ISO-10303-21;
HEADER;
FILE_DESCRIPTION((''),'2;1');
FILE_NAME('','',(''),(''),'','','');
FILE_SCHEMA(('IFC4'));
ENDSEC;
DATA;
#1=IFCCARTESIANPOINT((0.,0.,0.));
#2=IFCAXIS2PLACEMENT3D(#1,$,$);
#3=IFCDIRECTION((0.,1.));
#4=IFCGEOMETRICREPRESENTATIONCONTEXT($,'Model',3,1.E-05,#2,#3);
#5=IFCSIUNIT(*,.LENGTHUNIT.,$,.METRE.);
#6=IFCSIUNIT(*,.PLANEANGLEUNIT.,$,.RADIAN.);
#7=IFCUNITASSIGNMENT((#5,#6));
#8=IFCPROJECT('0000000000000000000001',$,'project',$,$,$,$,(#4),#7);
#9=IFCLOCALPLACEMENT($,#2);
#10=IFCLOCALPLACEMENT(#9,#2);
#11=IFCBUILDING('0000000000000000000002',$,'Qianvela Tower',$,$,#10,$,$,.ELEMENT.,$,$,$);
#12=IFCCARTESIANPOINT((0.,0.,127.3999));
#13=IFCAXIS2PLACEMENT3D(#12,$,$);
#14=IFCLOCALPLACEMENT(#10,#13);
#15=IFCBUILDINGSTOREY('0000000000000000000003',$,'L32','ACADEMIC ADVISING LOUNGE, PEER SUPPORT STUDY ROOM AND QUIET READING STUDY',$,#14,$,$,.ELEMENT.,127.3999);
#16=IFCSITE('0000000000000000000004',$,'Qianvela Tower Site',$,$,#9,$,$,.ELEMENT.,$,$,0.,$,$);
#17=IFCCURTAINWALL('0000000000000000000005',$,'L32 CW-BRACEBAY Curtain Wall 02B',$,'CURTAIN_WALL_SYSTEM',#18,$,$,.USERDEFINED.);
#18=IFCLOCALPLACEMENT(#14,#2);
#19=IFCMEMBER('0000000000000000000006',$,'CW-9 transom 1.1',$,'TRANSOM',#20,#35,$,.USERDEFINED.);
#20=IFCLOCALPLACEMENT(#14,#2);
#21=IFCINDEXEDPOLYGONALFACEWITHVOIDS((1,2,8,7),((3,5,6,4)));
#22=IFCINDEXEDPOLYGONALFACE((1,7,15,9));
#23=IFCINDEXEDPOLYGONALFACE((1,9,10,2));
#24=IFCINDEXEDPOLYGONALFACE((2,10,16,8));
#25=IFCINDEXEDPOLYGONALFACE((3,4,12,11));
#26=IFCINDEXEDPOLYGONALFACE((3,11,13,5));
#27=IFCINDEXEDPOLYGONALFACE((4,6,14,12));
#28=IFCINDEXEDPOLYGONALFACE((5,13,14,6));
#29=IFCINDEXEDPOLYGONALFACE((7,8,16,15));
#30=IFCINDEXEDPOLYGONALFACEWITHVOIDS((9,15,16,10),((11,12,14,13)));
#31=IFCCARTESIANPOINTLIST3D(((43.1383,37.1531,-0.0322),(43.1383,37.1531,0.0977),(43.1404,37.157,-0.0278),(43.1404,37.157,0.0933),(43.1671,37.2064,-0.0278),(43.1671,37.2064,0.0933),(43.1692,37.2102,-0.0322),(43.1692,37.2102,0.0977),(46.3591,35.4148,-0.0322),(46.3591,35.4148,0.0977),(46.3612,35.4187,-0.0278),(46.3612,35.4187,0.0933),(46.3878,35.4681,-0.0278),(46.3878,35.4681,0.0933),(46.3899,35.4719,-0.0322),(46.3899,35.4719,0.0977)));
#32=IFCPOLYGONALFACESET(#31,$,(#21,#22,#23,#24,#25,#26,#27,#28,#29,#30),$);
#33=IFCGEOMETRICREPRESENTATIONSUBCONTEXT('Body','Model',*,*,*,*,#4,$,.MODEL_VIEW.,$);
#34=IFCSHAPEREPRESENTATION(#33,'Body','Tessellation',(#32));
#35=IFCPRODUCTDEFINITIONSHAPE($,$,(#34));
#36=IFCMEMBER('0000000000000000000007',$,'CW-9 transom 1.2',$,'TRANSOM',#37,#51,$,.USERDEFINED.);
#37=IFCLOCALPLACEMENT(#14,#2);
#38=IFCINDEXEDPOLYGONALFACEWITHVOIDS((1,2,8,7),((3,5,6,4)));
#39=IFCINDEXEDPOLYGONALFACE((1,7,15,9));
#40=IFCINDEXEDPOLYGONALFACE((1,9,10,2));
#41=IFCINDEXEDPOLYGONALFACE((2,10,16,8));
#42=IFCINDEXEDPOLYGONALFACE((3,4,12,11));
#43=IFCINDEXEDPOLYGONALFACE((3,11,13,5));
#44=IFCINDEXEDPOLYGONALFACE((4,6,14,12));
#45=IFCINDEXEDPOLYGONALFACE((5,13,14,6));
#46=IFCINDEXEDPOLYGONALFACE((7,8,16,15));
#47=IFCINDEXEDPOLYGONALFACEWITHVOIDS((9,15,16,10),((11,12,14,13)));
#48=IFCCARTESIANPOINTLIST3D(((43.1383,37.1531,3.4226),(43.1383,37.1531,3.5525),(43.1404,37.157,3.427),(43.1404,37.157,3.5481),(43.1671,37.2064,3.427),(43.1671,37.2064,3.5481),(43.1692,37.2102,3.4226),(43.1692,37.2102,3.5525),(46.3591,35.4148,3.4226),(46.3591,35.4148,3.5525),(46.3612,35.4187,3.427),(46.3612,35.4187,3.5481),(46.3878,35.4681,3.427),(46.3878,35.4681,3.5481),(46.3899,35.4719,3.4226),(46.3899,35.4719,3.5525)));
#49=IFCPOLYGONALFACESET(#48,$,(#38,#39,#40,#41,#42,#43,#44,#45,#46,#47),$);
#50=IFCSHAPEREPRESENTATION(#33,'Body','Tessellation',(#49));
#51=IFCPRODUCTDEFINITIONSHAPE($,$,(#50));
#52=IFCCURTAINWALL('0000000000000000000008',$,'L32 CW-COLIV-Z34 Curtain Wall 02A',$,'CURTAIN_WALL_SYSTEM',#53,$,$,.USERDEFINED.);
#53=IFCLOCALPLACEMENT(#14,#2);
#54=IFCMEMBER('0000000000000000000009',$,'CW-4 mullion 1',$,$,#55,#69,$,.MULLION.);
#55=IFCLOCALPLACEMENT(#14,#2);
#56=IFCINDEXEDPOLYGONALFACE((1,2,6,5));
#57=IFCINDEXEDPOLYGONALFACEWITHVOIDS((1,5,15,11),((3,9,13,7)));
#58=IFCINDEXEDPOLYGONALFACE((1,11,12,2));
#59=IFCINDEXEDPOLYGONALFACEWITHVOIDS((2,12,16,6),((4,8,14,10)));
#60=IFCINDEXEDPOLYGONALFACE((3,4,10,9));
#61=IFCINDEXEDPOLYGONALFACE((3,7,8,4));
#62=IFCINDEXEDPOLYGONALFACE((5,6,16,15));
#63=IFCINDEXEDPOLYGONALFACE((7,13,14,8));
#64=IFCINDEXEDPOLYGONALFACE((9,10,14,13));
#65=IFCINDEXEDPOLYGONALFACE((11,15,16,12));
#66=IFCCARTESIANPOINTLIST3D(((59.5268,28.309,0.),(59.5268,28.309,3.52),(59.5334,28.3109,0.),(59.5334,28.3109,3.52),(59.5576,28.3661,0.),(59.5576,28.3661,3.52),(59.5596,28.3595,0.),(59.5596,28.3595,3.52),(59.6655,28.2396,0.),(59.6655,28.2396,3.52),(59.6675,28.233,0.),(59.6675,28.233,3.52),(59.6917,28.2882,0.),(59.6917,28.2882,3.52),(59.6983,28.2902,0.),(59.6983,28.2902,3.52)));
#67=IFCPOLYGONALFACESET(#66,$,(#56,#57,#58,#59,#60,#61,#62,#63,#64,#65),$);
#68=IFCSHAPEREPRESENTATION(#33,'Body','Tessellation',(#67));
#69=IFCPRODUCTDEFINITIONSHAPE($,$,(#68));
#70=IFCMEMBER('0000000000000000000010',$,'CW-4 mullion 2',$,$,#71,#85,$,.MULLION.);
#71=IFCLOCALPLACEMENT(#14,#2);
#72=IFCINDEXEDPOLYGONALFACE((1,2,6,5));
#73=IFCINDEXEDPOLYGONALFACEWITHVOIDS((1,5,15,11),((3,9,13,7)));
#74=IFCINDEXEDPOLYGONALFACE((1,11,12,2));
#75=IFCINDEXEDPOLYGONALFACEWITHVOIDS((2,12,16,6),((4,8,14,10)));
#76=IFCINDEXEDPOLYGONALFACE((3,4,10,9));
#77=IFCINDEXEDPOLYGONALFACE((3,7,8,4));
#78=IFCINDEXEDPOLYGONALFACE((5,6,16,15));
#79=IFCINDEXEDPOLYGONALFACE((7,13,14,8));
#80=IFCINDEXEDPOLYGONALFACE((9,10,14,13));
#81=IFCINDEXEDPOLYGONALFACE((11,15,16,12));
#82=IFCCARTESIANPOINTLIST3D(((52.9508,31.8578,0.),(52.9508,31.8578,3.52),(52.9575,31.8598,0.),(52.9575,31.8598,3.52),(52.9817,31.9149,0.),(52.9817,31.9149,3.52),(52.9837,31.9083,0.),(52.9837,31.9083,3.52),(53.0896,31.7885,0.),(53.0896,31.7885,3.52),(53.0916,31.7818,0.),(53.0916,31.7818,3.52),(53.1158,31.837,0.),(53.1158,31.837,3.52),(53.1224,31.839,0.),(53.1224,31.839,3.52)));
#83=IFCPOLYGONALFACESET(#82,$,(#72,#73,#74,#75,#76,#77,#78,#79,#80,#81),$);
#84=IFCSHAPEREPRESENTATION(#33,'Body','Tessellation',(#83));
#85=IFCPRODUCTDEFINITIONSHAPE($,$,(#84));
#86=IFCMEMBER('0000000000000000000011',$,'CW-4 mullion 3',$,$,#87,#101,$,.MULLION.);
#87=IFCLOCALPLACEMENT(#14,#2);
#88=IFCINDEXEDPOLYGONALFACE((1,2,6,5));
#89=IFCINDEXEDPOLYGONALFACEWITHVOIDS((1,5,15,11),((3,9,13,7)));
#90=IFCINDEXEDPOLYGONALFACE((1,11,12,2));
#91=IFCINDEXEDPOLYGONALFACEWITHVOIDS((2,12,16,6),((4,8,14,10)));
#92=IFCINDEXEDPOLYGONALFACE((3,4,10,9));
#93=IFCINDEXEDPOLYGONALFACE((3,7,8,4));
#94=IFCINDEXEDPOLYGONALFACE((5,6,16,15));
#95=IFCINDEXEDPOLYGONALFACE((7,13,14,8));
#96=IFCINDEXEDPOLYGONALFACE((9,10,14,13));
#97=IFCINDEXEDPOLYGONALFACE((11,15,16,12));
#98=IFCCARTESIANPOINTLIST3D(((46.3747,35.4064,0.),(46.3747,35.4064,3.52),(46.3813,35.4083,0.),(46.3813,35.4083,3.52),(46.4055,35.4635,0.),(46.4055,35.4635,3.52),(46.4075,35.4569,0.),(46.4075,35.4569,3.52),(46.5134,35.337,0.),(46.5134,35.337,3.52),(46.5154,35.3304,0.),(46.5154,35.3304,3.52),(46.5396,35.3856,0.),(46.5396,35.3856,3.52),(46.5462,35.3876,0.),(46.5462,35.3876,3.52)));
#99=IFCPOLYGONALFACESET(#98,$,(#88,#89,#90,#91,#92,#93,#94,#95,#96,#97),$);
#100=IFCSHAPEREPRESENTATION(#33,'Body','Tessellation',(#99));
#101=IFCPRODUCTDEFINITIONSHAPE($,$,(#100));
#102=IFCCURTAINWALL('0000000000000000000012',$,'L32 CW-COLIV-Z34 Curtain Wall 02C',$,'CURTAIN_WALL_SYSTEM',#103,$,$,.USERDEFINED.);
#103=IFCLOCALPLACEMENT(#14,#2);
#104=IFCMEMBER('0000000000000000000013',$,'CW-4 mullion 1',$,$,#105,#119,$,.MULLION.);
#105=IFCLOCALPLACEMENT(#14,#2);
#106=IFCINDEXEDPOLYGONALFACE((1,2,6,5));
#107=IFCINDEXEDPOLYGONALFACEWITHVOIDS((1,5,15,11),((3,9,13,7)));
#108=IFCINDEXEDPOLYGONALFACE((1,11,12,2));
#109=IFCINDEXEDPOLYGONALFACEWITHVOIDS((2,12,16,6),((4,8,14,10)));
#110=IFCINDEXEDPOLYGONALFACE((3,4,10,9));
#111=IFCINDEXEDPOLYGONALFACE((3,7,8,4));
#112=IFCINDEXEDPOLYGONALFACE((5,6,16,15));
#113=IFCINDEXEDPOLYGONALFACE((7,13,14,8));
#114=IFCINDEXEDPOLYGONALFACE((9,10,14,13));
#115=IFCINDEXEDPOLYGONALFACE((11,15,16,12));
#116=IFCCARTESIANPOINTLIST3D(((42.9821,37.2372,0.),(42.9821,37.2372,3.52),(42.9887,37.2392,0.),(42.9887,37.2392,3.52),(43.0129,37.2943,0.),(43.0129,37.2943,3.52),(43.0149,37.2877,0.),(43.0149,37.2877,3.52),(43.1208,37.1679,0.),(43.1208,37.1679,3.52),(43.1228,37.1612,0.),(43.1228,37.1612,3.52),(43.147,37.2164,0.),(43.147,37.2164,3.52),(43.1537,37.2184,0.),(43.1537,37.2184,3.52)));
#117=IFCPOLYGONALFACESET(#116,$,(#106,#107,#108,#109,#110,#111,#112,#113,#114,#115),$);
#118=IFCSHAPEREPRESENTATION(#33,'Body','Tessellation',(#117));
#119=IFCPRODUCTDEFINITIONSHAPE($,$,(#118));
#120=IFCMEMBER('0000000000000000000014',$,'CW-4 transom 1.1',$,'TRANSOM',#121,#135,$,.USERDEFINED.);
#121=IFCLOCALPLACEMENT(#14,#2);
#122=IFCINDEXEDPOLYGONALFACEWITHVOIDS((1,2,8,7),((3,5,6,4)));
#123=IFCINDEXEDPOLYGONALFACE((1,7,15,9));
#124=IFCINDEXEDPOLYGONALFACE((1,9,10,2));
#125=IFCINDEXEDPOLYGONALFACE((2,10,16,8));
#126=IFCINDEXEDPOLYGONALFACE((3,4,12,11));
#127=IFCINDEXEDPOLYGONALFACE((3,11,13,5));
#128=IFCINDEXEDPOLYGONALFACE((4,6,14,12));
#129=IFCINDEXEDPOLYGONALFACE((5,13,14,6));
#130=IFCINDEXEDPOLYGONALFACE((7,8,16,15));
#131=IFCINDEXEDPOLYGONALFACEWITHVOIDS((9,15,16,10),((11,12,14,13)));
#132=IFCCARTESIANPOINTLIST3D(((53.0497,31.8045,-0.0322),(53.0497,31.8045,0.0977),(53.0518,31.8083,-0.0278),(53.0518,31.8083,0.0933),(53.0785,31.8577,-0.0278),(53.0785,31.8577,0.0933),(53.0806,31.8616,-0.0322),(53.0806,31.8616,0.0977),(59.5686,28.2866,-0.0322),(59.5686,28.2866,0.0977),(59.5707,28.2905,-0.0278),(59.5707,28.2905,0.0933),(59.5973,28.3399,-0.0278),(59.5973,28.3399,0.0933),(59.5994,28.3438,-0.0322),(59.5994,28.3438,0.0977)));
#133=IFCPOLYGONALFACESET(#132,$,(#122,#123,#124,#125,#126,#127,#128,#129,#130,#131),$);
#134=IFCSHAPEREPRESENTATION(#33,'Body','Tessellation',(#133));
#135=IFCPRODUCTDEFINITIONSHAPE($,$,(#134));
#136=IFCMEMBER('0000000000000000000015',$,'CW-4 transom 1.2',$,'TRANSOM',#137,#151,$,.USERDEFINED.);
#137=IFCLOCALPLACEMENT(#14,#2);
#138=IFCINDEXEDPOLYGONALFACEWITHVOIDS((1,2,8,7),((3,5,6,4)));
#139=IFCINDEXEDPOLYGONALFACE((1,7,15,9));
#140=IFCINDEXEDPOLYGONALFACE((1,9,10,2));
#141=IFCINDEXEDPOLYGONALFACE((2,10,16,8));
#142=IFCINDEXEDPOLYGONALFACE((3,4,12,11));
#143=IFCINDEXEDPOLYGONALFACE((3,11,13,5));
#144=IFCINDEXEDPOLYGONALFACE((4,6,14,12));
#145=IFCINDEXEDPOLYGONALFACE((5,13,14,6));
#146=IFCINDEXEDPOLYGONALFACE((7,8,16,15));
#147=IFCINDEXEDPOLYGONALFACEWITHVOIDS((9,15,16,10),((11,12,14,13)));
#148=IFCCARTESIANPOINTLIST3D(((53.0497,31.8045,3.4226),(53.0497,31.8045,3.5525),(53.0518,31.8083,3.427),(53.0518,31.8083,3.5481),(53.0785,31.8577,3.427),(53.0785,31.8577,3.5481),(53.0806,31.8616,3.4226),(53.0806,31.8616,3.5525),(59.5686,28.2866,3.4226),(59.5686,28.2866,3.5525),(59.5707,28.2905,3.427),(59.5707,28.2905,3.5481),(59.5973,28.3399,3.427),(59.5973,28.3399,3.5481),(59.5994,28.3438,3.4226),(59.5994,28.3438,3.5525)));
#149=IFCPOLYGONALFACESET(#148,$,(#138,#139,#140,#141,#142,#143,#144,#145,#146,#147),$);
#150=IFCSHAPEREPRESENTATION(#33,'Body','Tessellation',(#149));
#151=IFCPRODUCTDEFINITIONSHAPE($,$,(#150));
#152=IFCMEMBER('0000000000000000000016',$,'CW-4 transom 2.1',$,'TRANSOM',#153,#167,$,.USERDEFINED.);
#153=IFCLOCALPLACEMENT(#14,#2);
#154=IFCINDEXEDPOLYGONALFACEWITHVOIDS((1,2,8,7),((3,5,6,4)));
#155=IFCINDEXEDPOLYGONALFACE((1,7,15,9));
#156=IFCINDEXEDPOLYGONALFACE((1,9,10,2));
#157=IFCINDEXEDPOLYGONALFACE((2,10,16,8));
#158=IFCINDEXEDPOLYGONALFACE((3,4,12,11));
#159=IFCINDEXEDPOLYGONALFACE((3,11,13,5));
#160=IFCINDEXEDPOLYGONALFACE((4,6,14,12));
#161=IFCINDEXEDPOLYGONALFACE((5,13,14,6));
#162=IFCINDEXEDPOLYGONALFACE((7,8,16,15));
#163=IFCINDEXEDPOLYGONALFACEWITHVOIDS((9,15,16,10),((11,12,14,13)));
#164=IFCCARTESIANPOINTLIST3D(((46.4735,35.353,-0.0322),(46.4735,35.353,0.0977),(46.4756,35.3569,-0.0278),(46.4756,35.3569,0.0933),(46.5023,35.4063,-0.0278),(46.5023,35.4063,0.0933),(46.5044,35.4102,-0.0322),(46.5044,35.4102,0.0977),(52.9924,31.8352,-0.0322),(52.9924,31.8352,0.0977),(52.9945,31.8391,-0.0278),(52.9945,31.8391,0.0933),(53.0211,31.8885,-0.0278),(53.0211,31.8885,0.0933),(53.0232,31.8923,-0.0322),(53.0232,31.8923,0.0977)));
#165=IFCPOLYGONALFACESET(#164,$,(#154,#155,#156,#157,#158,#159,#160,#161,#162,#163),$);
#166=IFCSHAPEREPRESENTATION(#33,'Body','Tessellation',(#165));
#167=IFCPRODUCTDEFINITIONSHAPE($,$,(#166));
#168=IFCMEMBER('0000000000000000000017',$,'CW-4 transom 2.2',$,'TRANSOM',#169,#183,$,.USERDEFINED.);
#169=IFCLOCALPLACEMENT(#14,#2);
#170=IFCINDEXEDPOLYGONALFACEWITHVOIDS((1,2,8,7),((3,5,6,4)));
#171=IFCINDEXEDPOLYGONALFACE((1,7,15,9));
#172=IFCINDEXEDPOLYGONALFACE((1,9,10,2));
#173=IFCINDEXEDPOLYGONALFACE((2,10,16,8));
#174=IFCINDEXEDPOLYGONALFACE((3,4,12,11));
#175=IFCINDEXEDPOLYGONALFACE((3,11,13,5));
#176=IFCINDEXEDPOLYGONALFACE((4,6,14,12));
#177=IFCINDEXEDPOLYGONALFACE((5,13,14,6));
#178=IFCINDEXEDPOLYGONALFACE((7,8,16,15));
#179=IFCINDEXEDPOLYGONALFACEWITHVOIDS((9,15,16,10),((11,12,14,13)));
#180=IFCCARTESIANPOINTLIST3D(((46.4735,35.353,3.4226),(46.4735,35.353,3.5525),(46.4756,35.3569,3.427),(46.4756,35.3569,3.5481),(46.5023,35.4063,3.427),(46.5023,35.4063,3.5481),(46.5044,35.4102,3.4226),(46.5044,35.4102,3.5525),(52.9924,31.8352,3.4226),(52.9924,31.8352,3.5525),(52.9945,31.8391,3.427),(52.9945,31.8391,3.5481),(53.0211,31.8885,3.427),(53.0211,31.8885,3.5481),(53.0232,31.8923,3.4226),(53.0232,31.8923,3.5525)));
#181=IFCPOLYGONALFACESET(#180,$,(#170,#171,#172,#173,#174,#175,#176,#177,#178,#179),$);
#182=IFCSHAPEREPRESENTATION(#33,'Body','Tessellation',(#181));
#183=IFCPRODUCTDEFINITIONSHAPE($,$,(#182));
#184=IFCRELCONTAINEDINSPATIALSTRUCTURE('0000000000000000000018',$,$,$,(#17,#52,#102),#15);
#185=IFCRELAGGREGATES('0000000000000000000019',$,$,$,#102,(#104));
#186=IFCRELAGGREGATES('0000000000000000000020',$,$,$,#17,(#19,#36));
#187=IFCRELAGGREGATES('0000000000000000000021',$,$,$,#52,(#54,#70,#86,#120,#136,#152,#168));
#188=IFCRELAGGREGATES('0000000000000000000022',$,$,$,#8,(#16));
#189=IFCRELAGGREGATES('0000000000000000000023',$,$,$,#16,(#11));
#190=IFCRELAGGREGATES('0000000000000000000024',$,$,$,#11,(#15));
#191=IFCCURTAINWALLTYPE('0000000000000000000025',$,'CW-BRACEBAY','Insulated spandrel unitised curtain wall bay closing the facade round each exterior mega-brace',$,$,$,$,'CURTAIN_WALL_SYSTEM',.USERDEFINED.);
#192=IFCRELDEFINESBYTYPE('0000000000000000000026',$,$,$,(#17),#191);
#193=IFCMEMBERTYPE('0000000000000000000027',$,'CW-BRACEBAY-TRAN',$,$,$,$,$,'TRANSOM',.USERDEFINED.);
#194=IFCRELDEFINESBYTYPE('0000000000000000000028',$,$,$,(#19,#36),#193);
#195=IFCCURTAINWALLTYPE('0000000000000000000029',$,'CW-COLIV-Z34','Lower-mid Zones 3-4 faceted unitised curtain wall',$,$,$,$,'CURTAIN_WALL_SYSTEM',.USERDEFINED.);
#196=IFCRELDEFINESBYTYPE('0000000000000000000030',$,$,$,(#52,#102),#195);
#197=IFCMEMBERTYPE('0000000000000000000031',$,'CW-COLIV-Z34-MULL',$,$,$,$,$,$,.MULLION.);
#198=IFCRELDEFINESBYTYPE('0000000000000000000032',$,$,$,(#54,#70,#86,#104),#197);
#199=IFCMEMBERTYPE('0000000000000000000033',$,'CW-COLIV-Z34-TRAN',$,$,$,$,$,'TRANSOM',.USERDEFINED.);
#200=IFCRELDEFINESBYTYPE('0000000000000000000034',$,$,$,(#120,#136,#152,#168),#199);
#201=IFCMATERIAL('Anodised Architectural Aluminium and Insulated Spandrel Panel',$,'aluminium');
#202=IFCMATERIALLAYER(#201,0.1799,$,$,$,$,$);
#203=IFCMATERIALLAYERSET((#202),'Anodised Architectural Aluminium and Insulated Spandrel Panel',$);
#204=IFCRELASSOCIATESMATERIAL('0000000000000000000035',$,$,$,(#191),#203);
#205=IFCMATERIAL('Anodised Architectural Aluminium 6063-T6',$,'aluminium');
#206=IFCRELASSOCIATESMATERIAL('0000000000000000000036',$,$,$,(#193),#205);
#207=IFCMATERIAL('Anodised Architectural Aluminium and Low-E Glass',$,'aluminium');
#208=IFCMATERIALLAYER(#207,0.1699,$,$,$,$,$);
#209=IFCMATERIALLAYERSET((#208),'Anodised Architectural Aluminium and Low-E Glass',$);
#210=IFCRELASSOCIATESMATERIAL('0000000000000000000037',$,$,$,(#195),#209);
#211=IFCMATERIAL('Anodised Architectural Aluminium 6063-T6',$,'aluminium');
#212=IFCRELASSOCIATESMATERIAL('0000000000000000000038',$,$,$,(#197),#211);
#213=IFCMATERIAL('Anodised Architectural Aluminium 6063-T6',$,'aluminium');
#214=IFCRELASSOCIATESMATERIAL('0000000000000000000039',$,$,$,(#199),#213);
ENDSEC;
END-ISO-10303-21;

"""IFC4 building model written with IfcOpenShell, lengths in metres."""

from ifc_helpers import new_model, si_unit, direction, frame, origin, origin_2d, place, context, subcontext, project, spatial, hollow_rectangle, extrude, material, layer, layer_set, material_profile, profile_set, type_object, element, aggregate, save


model = new_model("IFC4")

# Units and contexts
model_context = context("Model", 3, precision=1e-05, world=origin(), true_north=direction((0.0, 1.0)))
body_context = subcontext(model_context, "Body", "Model", "MODEL_VIEW")
ifc_project = project(units=[si_unit("LENGTHUNIT", "METRE"), si_unit("PLANEANGLEUNIT", "RADIAN")], contexts=[model_context])

# Site, building, storey
site_placement = place(None, origin())
site = spatial("IfcSite", under=ifc_project, at=site_placement, Name="Qianvela Tower Site", CompositionType="ELEMENT", RefElevation=0.0)
building_placement = place(site_placement, origin())
building = spatial("IfcBuilding", under=site, at=building_placement, Name="Qianvela Tower", CompositionType="ELEMENT")
storey_placement = place(building_placement, frame((0.0, 0.0, 127.3999)))
storey = spatial("IfcBuildingStorey", under=building, at=storey_placement, Name="L32", Description="ACADEMIC ADVISING LOUNGE, PEER SUPPORT STUDY ROOM AND QUIET READING STUDY", CompositionType="ELEMENT", Elevation=127.3999)

# Curtain walls, members
ifc_material_1 = material(Name="Anodised Architectural Aluminium and Insulated Spandrel Panel", Category="aluminium")
ifc_layer_1 = layer(ifc_material_1, 0.1799)
ifc_layer_set_1 = layer_set([ifc_layer_1], Name="Anodised Architectural Aluminium and Insulated Spandrel Panel")
curtain_wall_type_1 = type_object("IfcCurtainWallType", Name="CW-BRACEBAY", Description="Insulated spandrel unitised curtain wall bay closing the facade round each exterior mega-brace", ElementType="CURTAIN_WALL_SYSTEM", PredefinedType="USERDEFINED", material=ifc_layer_set_1)
curtain_wall_1_placement = place(storey_placement, origin())
curtain_wall_1 = element("IfcCurtainWall", 1, at=curtain_wall_1_placement, inside=storey, type_object=curtain_wall_type_1, Name="L32 CW-BRACEBAY Curtain Wall 02B", ObjectType="CURTAIN_WALL_SYSTEM", PredefinedType="USERDEFINED")
ifc_material_2 = material(Name="Anodised Architectural Aluminium 6063-T6", Category="aluminium")
ifc_material_profile_1 = material_profile(ifc_material_2, hollow_rectangle(XDim=0.0649, YDim=0.1299, WallThickness=0.0044, at=origin_2d()), Name="ALU-TRAN-65x130")
ifc_profile_set_1 = profile_set([ifc_material_profile_1], Name="Anodised Architectural Aluminium 6063-T6")
member_type_1 = type_object("IfcMemberType", Name="CW-BRACEBAY-TRAN", ElementType="TRANSOM", PredefinedType="USERDEFINED", material=ifc_profile_set_1)
member_1_placement = place(storey_placement, frame((46.3745, 35.4434, 0.0327), z_axis=(-0.880008, 0.474959, 0.0), x_axis=(-0.474959, -0.880008, 0.0)))
member_1 = element("IfcMember", 2, at=member_1_placement, type_object=member_type_1, Name="CW-9 transom 1.1", ObjectType="TRANSOM", PredefinedType="USERDEFINED", context=body_context, shape_type="SweptSolid", body=[
    extrude(hollow_rectangle(XDim=0.0649, YDim=0.1299, WallThickness=0.0044, at=origin_2d()), origin(), (0.0, 0.0, 1.0), 3.6599),
])
member_2_placement = place(storey_placement, frame((46.3745, 35.4434, 3.4875), z_axis=(-0.880008, 0.474959, 0.0), x_axis=(-0.474959, -0.880008, 0.0)))
member_2 = element("IfcMember", 3, at=member_2_placement, type_object=member_type_1, Name="CW-9 transom 1.2", ObjectType="TRANSOM", PredefinedType="USERDEFINED", context=body_context, shape_type="SweptSolid", body=[
    extrude(hollow_rectangle(XDim=0.0649, YDim=0.1299, WallThickness=0.0044, at=origin_2d()), origin(), (0.0, 0.0, 1.0), 3.6599),
])
ifc_material_3 = material(Name="Anodised Architectural Aluminium and Low-E Glass", Category="aluminium")
ifc_layer_2 = layer(ifc_material_3, 0.1699)
ifc_layer_set_2 = layer_set([ifc_layer_2], Name="Anodised Architectural Aluminium and Low-E Glass")
curtain_wall_type_2 = type_object("IfcCurtainWallType", Name="CW-COLIV-Z34", Description="Lower-mid Zones 3-4 faceted unitised curtain wall", ElementType="CURTAIN_WALL_SYSTEM", PredefinedType="USERDEFINED", material=ifc_layer_set_2)
curtain_wall_2_placement = place(storey_placement, origin())
curtain_wall_2 = element("IfcCurtainWall", 4, at=curtain_wall_2_placement, inside=storey, type_object=curtain_wall_type_2, Name="L32 CW-COLIV-Z34 Curtain Wall 02A", ObjectType="CURTAIN_WALL_SYSTEM", PredefinedType="USERDEFINED")
ifc_material_4 = material(Name="Anodised Architectural Aluminium 6063-T6", Category="aluminium")
ifc_material_profile_2 = material_profile(ifc_material_4, hollow_rectangle(XDim=0.0649, YDim=0.1599, WallThickness=0.0049, at=origin_2d()), Name="ALU-MULL-65x160")
ifc_profile_set_2 = profile_set([ifc_material_profile_2], Name="Anodised Architectural Aluminium 6063-T6")
member_type_2 = type_object("IfcMemberType", Name="CW-COLIV-Z34-MULL", PredefinedType="MULLION", material=ifc_profile_set_2)
member_3_placement = place(storey_placement, frame((59.6125, 28.2996, 0.0), z_axis=(0.0, 0.0, 1.0), x_axis=(-0.474903, -0.880038, 0.0)))
member_3 = element("IfcMember", 5, at=member_3_placement, type_object=member_type_2, Name="CW-4 mullion 1", PredefinedType="MULLION", context=body_context, shape_type="SweptSolid", body=[
    extrude(hollow_rectangle(XDim=0.0649, YDim=0.1599, WallThickness=0.0049, at=origin_2d()), origin(), (0.0, 0.0, 1.0), 3.52),
])
member_4_placement = place(storey_placement, frame((53.0366, 31.8484, 0.0), z_axis=(0.0, 0.0, 1.0), x_axis=(-0.474903, -0.880038, 0.0)))
member_4 = element("IfcMember", 6, at=member_4_placement, type_object=member_type_2, Name="CW-4 mullion 2", PredefinedType="MULLION", context=body_context, shape_type="SweptSolid", body=[
    extrude(hollow_rectangle(XDim=0.0649, YDim=0.1599, WallThickness=0.0049, at=origin_2d()), origin(), (0.0, 0.0, 1.0), 3.52),
])
member_5_placement = place(storey_placement, frame((46.4604, 35.397, 0.0), z_axis=(0.0, 0.0, 1.0), x_axis=(-0.474903, -0.880038, 0.0)))
member_5 = element("IfcMember", 7, at=member_5_placement, type_object=member_type_2, Name="CW-4 mullion 3", PredefinedType="MULLION", context=body_context, shape_type="SweptSolid", body=[
    extrude(hollow_rectangle(XDim=0.0649, YDim=0.1599, WallThickness=0.0049, at=origin_2d()), origin(), (0.0, 0.0, 1.0), 3.52),
])

# Curtain wall, member
curtain_wall_3_placement = place(storey_placement, origin())
curtain_wall_3 = element("IfcCurtainWall", 8, at=curtain_wall_3_placement, inside=storey, type_object=curtain_wall_type_2, Name="L32 CW-COLIV-Z34 Curtain Wall 02C", ObjectType="CURTAIN_WALL_SYSTEM", PredefinedType="USERDEFINED")
member_6_placement = place(storey_placement, frame((43.0679, 37.2278, 0.0), z_axis=(0.0, 0.0, 1.0), x_axis=(-0.474906, -0.880037, 0.0)))
member_6 = element("IfcMember", 9, at=member_6_placement, type_object=member_type_2, Name="CW-4 mullion 1", PredefinedType="MULLION", context=body_context, shape_type="SweptSolid", body=[
    extrude(hollow_rectangle(XDim=0.0649, YDim=0.1599, WallThickness=0.0049, at=origin_2d()), origin(), (0.0, 0.0, 1.0), 3.52),
])

# Members
ifc_material_5 = material(Name="Anodised Architectural Aluminium 6063-T6", Category="aluminium")
ifc_material_profile_3 = material_profile(ifc_material_5, hollow_rectangle(XDim=0.0649, YDim=0.1299, WallThickness=0.0044, at=origin_2d()), Name="ALU-TRAN-65x130")
ifc_profile_set_3 = profile_set([ifc_material_profile_3], Name="Anodised Architectural Aluminium 6063-T6")
member_type_3 = type_object("IfcMemberType", Name="CW-COLIV-Z34-TRAN", ElementType="TRANSOM", PredefinedType="USERDEFINED", material=ifc_profile_set_3)
member_7_placement = place(storey_placement, frame((59.584, 28.3152, 0.0327), z_axis=(-0.880037, 0.474905, 0.0), x_axis=(-0.474905, -0.880037, 0.0)))
member_7 = element("IfcMember", 10, at=member_7_placement, type_object=member_type_3, Name="CW-4 transom 1.1", ObjectType="TRANSOM", PredefinedType="USERDEFINED", context=body_context, shape_type="SweptSolid", body=[
    extrude(hollow_rectangle(XDim=0.0649, YDim=0.1299, WallThickness=0.0044, at=origin_2d()), origin(), (0.0, 0.0, 1.0), 7.4075),
])
member_8_placement = place(storey_placement, frame((59.584, 28.3152, 3.4875), z_axis=(-0.880037, 0.474905, 0.0), x_axis=(-0.474905, -0.880037, 0.0)))
member_8 = element("IfcMember", 11, at=member_8_placement, type_object=member_type_3, Name="CW-4 transom 1.2", ObjectType="TRANSOM", PredefinedType="USERDEFINED", context=body_context, shape_type="SweptSolid", body=[
    extrude(hollow_rectangle(XDim=0.0649, YDim=0.1299, WallThickness=0.0044, at=origin_2d()), origin(), (0.0, 0.0, 1.0), 7.4075),
])
member_9_placement = place(storey_placement, frame((53.0078, 31.8638, 0.0327), z_axis=(-0.880037, 0.474905, 0.0), x_axis=(-0.474905, -0.880037, 0.0)))
member_9 = element("IfcMember", 12, at=member_9_placement, type_object=member_type_3, Name="CW-4 transom 2.1", ObjectType="TRANSOM", PredefinedType="USERDEFINED", context=body_context, shape_type="SweptSolid", body=[
    extrude(hollow_rectangle(XDim=0.0649, YDim=0.1299, WallThickness=0.0044, at=origin_2d()), origin(), (0.0, 0.0, 1.0), 7.4075),
])
member_10_placement = place(storey_placement, frame((53.0078, 31.8638, 3.4875), z_axis=(-0.880037, 0.474905, 0.0), x_axis=(-0.474905, -0.880037, 0.0)))
member_10 = element("IfcMember", 13, at=member_10_placement, type_object=member_type_3, Name="CW-4 transom 2.2", ObjectType="TRANSOM", PredefinedType="USERDEFINED", context=body_context, shape_type="SweptSolid", body=[
    extrude(hollow_rectangle(XDim=0.0649, YDim=0.1299, WallThickness=0.0044, at=origin_2d()), origin(), (0.0, 0.0, 1.0), 7.4075),
])
aggregate(curtain_wall_3, [member_6])

aggregate(curtain_wall_1, [member_1, member_2])
aggregate(curtain_wall_2, [member_3, member_4, member_5, member_7, member_8, member_9, member_10])

save(model, "model.ifc")
